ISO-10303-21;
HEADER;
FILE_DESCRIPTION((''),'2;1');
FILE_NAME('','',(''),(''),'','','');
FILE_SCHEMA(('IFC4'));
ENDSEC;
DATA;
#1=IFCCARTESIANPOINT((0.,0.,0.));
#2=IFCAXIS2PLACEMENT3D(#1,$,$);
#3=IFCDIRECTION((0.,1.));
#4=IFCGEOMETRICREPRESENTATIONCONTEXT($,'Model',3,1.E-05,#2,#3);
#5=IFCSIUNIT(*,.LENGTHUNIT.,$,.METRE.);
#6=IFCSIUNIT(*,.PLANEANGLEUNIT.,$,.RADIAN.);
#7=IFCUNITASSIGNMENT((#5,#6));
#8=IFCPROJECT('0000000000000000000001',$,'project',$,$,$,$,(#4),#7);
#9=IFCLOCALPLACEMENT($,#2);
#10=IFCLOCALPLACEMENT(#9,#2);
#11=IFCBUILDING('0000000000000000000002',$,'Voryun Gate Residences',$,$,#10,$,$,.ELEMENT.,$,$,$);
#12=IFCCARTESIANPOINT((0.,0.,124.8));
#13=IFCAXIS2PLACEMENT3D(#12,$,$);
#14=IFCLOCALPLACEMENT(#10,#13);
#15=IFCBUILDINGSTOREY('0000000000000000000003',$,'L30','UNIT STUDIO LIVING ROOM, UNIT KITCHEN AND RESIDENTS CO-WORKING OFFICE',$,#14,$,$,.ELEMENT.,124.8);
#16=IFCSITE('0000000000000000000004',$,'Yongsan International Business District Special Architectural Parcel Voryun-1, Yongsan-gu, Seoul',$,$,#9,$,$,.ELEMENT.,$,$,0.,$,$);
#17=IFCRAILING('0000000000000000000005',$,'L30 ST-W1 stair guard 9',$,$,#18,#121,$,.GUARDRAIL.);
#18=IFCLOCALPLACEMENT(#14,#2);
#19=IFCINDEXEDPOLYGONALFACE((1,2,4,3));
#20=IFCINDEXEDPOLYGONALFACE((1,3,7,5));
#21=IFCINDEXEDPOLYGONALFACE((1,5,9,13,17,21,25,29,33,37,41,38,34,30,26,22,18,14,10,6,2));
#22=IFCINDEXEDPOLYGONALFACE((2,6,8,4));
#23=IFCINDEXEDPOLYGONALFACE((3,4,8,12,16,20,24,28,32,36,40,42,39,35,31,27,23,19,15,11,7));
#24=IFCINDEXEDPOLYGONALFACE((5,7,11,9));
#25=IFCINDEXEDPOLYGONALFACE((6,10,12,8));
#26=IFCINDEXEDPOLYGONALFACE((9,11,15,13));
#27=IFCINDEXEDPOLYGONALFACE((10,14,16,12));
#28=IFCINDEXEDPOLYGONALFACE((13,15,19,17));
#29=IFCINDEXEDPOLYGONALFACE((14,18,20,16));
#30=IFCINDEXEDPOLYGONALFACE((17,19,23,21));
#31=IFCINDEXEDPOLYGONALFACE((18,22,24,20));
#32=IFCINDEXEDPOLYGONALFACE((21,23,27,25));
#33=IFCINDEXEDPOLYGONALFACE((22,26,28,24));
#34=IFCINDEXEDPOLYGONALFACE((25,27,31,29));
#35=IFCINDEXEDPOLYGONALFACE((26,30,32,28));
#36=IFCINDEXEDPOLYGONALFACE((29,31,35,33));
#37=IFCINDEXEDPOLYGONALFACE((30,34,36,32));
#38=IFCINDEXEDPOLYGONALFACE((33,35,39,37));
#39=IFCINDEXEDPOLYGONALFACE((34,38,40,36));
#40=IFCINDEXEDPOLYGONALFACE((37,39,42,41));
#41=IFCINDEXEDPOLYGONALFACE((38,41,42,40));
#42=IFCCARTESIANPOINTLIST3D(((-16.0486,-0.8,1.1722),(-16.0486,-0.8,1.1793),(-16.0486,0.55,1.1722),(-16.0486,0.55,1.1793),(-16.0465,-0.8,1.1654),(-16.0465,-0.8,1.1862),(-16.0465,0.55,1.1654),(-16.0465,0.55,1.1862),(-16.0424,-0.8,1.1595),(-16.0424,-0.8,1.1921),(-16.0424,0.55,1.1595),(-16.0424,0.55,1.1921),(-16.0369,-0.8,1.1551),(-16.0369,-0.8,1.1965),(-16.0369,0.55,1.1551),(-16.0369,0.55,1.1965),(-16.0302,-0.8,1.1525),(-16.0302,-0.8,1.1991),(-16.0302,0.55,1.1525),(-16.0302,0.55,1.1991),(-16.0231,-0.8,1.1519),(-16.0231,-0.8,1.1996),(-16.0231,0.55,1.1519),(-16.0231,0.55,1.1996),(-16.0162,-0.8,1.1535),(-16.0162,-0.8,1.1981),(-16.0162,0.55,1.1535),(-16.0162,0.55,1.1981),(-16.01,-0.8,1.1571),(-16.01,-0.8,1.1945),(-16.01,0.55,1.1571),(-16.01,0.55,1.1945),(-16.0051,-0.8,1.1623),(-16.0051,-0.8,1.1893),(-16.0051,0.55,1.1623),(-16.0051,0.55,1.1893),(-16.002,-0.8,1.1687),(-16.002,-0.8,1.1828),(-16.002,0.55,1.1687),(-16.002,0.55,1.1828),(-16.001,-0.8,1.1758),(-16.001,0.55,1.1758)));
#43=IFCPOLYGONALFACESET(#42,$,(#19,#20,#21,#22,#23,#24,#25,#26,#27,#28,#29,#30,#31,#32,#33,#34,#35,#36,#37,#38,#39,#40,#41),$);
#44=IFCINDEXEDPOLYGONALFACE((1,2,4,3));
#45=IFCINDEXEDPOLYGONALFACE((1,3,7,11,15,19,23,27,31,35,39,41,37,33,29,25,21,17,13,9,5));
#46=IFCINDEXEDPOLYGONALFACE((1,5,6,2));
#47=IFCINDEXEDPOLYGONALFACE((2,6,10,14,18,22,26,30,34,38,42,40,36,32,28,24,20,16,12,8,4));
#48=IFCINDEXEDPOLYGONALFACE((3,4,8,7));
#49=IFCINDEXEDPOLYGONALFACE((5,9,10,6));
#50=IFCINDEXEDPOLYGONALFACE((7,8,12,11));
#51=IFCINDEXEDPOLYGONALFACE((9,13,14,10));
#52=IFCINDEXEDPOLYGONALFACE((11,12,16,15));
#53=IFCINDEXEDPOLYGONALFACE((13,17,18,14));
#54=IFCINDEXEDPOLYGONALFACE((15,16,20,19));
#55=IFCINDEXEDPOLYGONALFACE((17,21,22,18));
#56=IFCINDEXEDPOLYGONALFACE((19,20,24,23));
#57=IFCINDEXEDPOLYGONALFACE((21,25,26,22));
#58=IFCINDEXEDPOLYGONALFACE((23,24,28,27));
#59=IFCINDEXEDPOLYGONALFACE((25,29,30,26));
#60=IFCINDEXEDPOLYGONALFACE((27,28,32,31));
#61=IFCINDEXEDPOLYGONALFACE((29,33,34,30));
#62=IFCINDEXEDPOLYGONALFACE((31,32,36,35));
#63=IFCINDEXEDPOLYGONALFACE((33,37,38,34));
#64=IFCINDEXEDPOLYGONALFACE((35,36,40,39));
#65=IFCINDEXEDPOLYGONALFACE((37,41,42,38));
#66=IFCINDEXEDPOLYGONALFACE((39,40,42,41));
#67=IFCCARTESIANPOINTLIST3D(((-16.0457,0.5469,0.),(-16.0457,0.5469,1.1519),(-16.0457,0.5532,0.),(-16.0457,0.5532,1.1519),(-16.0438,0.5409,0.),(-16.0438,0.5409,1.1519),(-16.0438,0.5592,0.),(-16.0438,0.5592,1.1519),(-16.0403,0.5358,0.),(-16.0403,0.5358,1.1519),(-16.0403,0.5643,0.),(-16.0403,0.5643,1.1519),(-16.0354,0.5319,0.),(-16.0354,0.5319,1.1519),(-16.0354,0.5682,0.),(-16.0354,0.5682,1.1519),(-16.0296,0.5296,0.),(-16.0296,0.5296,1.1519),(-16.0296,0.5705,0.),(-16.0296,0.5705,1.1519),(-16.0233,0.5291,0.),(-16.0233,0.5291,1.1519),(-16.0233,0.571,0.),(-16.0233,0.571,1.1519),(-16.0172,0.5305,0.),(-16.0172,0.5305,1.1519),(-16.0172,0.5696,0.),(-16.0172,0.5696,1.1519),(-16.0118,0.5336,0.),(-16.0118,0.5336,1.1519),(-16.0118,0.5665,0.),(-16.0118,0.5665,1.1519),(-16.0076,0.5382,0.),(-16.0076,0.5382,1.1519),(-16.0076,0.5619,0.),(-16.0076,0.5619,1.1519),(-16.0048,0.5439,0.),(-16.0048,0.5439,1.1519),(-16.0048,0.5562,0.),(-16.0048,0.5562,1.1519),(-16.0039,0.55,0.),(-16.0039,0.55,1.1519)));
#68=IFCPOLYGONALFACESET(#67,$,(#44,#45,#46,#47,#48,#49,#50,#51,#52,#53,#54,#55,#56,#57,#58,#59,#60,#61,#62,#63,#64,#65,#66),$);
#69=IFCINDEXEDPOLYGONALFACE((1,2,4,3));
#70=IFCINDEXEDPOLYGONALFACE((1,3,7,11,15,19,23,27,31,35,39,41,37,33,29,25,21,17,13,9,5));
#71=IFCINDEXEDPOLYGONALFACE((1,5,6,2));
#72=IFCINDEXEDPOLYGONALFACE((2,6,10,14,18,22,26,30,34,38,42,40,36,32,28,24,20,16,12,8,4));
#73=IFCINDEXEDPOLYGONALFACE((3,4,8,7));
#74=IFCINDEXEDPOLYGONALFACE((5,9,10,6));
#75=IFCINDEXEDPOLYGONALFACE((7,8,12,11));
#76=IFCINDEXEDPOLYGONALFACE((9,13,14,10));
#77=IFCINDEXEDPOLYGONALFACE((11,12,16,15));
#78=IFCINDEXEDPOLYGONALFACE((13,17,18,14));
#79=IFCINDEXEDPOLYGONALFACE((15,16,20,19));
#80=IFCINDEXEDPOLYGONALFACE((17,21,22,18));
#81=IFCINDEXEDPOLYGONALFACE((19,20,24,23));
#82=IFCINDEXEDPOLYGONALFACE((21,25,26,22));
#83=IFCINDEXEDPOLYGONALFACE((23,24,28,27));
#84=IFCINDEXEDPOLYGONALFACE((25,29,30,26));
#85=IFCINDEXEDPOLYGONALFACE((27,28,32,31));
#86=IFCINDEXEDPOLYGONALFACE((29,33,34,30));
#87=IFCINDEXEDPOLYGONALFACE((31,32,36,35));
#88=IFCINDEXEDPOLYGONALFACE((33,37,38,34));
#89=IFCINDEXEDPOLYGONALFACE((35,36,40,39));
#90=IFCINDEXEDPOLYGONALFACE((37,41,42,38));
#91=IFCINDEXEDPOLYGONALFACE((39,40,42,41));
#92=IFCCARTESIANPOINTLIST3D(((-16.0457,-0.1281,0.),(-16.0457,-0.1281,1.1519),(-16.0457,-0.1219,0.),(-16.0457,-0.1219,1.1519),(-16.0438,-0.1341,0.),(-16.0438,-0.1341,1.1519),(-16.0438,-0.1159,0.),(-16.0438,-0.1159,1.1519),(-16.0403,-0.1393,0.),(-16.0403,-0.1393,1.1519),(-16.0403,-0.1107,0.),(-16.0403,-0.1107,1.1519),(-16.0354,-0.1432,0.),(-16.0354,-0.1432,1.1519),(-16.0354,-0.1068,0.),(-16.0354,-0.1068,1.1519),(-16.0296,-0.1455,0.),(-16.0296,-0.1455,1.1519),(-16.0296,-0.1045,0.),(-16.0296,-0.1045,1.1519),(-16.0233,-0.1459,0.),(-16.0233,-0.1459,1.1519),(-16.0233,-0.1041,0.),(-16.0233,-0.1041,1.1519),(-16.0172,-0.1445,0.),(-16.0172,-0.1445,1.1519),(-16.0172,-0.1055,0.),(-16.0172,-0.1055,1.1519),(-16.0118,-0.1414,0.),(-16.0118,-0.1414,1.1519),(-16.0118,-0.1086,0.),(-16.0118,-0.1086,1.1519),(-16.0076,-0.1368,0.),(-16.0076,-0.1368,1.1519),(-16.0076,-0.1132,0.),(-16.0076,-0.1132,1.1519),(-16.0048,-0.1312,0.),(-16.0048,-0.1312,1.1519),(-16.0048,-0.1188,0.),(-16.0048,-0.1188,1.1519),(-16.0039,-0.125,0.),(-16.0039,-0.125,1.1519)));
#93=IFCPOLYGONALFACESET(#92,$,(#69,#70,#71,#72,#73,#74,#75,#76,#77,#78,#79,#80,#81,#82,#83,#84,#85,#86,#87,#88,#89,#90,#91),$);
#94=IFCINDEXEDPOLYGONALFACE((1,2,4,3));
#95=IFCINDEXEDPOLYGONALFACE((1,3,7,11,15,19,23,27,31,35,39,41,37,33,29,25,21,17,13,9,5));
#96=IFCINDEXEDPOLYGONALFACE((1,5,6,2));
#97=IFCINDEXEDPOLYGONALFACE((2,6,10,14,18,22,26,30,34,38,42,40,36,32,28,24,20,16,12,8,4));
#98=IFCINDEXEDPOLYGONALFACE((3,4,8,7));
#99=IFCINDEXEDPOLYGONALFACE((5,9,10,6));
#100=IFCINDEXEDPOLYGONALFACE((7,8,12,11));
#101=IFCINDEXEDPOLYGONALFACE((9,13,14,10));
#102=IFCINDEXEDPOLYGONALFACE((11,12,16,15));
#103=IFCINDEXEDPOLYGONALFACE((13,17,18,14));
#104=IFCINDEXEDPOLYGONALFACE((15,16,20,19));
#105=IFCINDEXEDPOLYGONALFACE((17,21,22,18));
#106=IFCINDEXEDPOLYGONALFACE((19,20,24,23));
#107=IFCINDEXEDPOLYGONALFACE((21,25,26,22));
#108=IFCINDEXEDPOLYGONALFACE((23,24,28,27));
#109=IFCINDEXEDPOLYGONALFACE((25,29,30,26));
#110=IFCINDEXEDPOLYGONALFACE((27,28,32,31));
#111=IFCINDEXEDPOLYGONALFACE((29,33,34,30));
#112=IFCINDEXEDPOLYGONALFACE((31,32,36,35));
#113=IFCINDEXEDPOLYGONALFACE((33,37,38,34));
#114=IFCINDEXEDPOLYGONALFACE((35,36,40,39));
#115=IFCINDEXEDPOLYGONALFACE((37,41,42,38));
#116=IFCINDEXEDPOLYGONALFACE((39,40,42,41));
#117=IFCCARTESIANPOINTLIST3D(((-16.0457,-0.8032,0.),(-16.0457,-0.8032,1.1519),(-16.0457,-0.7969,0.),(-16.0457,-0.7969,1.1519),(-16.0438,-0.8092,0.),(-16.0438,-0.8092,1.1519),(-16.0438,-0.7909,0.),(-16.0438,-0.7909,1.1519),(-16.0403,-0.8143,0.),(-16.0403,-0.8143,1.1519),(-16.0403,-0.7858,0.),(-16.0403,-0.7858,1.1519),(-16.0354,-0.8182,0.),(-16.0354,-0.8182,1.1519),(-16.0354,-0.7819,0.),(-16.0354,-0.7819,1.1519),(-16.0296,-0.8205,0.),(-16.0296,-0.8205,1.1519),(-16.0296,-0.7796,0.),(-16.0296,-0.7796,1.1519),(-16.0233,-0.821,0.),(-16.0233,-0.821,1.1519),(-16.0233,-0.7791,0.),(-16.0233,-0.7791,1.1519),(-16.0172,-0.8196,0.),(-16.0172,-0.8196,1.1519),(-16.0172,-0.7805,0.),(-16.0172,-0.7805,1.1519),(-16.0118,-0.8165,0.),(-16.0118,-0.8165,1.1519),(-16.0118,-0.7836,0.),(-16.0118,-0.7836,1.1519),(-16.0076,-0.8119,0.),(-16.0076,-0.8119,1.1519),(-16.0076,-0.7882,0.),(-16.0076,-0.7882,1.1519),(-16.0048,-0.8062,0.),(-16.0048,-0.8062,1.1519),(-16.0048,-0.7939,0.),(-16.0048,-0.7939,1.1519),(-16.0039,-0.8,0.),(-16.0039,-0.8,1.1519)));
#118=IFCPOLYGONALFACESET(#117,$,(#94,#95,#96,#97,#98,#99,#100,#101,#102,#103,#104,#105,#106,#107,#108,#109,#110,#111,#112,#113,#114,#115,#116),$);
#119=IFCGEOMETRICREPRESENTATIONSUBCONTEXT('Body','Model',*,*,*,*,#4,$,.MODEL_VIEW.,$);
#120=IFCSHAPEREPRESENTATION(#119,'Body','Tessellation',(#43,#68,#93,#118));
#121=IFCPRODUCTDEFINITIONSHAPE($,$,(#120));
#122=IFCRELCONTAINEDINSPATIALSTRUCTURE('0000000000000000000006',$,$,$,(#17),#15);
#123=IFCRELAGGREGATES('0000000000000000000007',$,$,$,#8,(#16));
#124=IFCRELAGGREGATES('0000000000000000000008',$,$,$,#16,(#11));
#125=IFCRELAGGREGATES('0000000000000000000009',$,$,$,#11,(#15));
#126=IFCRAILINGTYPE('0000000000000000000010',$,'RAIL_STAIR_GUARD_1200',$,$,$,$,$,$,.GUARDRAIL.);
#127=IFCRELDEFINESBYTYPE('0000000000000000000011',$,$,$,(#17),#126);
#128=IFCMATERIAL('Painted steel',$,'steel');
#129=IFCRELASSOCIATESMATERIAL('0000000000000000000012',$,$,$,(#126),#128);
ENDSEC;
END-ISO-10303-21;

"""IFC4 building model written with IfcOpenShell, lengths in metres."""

from ifc_helpers import new_model, si_unit, direction, frame, origin, origin_2d, place, context, subcontext, project, spatial, circle, extrude, material, type_object, element, save


model = new_model("IFC4")

# Units and contexts
model_context = context("Model", 3, precision=1e-05, world=origin(), true_north=direction((0.0, 1.0)))
body_context = subcontext(model_context, "Body", "Model", "MODEL_VIEW")
ifc_project = project(units=[si_unit("LENGTHUNIT", "METRE"), si_unit("PLANEANGLEUNIT", "RADIAN")], contexts=[model_context])

# Site, building, storey
site_placement = place(None, origin())
site = spatial("IfcSite", under=ifc_project, at=site_placement, Name="Yongsan International Business District Special Architectural Parcel Voryun-1, Yongsan-gu, Seoul", CompositionType="ELEMENT", RefElevation=0.0)
building_placement = place(site_placement, origin())
building = spatial("IfcBuilding", under=site, at=building_placement, Name="Voryun Gate Residences", CompositionType="ELEMENT")
storey_placement = place(building_placement, frame((0.0, 0.0, 124.8)))
storey = spatial("IfcBuildingStorey", under=building, at=storey_placement, Name="L30", Description="UNIT STUDIO LIVING ROOM, UNIT KITCHEN AND RESIDENTS CO-WORKING OFFICE", CompositionType="ELEMENT", Elevation=124.8)

# Railing
ifc_material_1 = material(Name="Painted steel", Category="steel")
railing_type = type_object("IfcRailingType", Name="RAIL_STAIR_GUARD_1200", PredefinedType="GUARDRAIL", material=ifc_material_1)
railing_1_placement = place(storey_placement, frame((-16.0249, 0.55, 0.0)))
element("IfcRailing", 1, at=railing_1_placement, inside=storey, type_object=railing_type, Name="L30 ST-W1 stair guard 9", PredefinedType="GUARDRAIL", context=body_context, shape_type="SweptSolid", body=[
    extrude(circle(Radius=0.0239, at=origin_2d()), frame((0.0, 0.0, 1.1758), z_axis=(0.0, -1.0, 0.0), x_axis=(1.0, 0.0, 0.0)), (0.0, 0.0, 1.0), 1.3501),
    extrude(circle(Radius=0.021, at=origin_2d()), origin(), (0.0, 0.0, 1.0), 1.1519),
    extrude(circle(Radius=0.021, at=origin_2d()), frame((0.0, -0.675, 0.0)), (0.0, 0.0, 1.0), 1.1519),
    extrude(circle(Radius=0.021, at=origin_2d()), frame((0.0, -1.3501, 0.0)), (0.0, 0.0, 1.0), 1.1519),
])

save(model, "model.ifc")
